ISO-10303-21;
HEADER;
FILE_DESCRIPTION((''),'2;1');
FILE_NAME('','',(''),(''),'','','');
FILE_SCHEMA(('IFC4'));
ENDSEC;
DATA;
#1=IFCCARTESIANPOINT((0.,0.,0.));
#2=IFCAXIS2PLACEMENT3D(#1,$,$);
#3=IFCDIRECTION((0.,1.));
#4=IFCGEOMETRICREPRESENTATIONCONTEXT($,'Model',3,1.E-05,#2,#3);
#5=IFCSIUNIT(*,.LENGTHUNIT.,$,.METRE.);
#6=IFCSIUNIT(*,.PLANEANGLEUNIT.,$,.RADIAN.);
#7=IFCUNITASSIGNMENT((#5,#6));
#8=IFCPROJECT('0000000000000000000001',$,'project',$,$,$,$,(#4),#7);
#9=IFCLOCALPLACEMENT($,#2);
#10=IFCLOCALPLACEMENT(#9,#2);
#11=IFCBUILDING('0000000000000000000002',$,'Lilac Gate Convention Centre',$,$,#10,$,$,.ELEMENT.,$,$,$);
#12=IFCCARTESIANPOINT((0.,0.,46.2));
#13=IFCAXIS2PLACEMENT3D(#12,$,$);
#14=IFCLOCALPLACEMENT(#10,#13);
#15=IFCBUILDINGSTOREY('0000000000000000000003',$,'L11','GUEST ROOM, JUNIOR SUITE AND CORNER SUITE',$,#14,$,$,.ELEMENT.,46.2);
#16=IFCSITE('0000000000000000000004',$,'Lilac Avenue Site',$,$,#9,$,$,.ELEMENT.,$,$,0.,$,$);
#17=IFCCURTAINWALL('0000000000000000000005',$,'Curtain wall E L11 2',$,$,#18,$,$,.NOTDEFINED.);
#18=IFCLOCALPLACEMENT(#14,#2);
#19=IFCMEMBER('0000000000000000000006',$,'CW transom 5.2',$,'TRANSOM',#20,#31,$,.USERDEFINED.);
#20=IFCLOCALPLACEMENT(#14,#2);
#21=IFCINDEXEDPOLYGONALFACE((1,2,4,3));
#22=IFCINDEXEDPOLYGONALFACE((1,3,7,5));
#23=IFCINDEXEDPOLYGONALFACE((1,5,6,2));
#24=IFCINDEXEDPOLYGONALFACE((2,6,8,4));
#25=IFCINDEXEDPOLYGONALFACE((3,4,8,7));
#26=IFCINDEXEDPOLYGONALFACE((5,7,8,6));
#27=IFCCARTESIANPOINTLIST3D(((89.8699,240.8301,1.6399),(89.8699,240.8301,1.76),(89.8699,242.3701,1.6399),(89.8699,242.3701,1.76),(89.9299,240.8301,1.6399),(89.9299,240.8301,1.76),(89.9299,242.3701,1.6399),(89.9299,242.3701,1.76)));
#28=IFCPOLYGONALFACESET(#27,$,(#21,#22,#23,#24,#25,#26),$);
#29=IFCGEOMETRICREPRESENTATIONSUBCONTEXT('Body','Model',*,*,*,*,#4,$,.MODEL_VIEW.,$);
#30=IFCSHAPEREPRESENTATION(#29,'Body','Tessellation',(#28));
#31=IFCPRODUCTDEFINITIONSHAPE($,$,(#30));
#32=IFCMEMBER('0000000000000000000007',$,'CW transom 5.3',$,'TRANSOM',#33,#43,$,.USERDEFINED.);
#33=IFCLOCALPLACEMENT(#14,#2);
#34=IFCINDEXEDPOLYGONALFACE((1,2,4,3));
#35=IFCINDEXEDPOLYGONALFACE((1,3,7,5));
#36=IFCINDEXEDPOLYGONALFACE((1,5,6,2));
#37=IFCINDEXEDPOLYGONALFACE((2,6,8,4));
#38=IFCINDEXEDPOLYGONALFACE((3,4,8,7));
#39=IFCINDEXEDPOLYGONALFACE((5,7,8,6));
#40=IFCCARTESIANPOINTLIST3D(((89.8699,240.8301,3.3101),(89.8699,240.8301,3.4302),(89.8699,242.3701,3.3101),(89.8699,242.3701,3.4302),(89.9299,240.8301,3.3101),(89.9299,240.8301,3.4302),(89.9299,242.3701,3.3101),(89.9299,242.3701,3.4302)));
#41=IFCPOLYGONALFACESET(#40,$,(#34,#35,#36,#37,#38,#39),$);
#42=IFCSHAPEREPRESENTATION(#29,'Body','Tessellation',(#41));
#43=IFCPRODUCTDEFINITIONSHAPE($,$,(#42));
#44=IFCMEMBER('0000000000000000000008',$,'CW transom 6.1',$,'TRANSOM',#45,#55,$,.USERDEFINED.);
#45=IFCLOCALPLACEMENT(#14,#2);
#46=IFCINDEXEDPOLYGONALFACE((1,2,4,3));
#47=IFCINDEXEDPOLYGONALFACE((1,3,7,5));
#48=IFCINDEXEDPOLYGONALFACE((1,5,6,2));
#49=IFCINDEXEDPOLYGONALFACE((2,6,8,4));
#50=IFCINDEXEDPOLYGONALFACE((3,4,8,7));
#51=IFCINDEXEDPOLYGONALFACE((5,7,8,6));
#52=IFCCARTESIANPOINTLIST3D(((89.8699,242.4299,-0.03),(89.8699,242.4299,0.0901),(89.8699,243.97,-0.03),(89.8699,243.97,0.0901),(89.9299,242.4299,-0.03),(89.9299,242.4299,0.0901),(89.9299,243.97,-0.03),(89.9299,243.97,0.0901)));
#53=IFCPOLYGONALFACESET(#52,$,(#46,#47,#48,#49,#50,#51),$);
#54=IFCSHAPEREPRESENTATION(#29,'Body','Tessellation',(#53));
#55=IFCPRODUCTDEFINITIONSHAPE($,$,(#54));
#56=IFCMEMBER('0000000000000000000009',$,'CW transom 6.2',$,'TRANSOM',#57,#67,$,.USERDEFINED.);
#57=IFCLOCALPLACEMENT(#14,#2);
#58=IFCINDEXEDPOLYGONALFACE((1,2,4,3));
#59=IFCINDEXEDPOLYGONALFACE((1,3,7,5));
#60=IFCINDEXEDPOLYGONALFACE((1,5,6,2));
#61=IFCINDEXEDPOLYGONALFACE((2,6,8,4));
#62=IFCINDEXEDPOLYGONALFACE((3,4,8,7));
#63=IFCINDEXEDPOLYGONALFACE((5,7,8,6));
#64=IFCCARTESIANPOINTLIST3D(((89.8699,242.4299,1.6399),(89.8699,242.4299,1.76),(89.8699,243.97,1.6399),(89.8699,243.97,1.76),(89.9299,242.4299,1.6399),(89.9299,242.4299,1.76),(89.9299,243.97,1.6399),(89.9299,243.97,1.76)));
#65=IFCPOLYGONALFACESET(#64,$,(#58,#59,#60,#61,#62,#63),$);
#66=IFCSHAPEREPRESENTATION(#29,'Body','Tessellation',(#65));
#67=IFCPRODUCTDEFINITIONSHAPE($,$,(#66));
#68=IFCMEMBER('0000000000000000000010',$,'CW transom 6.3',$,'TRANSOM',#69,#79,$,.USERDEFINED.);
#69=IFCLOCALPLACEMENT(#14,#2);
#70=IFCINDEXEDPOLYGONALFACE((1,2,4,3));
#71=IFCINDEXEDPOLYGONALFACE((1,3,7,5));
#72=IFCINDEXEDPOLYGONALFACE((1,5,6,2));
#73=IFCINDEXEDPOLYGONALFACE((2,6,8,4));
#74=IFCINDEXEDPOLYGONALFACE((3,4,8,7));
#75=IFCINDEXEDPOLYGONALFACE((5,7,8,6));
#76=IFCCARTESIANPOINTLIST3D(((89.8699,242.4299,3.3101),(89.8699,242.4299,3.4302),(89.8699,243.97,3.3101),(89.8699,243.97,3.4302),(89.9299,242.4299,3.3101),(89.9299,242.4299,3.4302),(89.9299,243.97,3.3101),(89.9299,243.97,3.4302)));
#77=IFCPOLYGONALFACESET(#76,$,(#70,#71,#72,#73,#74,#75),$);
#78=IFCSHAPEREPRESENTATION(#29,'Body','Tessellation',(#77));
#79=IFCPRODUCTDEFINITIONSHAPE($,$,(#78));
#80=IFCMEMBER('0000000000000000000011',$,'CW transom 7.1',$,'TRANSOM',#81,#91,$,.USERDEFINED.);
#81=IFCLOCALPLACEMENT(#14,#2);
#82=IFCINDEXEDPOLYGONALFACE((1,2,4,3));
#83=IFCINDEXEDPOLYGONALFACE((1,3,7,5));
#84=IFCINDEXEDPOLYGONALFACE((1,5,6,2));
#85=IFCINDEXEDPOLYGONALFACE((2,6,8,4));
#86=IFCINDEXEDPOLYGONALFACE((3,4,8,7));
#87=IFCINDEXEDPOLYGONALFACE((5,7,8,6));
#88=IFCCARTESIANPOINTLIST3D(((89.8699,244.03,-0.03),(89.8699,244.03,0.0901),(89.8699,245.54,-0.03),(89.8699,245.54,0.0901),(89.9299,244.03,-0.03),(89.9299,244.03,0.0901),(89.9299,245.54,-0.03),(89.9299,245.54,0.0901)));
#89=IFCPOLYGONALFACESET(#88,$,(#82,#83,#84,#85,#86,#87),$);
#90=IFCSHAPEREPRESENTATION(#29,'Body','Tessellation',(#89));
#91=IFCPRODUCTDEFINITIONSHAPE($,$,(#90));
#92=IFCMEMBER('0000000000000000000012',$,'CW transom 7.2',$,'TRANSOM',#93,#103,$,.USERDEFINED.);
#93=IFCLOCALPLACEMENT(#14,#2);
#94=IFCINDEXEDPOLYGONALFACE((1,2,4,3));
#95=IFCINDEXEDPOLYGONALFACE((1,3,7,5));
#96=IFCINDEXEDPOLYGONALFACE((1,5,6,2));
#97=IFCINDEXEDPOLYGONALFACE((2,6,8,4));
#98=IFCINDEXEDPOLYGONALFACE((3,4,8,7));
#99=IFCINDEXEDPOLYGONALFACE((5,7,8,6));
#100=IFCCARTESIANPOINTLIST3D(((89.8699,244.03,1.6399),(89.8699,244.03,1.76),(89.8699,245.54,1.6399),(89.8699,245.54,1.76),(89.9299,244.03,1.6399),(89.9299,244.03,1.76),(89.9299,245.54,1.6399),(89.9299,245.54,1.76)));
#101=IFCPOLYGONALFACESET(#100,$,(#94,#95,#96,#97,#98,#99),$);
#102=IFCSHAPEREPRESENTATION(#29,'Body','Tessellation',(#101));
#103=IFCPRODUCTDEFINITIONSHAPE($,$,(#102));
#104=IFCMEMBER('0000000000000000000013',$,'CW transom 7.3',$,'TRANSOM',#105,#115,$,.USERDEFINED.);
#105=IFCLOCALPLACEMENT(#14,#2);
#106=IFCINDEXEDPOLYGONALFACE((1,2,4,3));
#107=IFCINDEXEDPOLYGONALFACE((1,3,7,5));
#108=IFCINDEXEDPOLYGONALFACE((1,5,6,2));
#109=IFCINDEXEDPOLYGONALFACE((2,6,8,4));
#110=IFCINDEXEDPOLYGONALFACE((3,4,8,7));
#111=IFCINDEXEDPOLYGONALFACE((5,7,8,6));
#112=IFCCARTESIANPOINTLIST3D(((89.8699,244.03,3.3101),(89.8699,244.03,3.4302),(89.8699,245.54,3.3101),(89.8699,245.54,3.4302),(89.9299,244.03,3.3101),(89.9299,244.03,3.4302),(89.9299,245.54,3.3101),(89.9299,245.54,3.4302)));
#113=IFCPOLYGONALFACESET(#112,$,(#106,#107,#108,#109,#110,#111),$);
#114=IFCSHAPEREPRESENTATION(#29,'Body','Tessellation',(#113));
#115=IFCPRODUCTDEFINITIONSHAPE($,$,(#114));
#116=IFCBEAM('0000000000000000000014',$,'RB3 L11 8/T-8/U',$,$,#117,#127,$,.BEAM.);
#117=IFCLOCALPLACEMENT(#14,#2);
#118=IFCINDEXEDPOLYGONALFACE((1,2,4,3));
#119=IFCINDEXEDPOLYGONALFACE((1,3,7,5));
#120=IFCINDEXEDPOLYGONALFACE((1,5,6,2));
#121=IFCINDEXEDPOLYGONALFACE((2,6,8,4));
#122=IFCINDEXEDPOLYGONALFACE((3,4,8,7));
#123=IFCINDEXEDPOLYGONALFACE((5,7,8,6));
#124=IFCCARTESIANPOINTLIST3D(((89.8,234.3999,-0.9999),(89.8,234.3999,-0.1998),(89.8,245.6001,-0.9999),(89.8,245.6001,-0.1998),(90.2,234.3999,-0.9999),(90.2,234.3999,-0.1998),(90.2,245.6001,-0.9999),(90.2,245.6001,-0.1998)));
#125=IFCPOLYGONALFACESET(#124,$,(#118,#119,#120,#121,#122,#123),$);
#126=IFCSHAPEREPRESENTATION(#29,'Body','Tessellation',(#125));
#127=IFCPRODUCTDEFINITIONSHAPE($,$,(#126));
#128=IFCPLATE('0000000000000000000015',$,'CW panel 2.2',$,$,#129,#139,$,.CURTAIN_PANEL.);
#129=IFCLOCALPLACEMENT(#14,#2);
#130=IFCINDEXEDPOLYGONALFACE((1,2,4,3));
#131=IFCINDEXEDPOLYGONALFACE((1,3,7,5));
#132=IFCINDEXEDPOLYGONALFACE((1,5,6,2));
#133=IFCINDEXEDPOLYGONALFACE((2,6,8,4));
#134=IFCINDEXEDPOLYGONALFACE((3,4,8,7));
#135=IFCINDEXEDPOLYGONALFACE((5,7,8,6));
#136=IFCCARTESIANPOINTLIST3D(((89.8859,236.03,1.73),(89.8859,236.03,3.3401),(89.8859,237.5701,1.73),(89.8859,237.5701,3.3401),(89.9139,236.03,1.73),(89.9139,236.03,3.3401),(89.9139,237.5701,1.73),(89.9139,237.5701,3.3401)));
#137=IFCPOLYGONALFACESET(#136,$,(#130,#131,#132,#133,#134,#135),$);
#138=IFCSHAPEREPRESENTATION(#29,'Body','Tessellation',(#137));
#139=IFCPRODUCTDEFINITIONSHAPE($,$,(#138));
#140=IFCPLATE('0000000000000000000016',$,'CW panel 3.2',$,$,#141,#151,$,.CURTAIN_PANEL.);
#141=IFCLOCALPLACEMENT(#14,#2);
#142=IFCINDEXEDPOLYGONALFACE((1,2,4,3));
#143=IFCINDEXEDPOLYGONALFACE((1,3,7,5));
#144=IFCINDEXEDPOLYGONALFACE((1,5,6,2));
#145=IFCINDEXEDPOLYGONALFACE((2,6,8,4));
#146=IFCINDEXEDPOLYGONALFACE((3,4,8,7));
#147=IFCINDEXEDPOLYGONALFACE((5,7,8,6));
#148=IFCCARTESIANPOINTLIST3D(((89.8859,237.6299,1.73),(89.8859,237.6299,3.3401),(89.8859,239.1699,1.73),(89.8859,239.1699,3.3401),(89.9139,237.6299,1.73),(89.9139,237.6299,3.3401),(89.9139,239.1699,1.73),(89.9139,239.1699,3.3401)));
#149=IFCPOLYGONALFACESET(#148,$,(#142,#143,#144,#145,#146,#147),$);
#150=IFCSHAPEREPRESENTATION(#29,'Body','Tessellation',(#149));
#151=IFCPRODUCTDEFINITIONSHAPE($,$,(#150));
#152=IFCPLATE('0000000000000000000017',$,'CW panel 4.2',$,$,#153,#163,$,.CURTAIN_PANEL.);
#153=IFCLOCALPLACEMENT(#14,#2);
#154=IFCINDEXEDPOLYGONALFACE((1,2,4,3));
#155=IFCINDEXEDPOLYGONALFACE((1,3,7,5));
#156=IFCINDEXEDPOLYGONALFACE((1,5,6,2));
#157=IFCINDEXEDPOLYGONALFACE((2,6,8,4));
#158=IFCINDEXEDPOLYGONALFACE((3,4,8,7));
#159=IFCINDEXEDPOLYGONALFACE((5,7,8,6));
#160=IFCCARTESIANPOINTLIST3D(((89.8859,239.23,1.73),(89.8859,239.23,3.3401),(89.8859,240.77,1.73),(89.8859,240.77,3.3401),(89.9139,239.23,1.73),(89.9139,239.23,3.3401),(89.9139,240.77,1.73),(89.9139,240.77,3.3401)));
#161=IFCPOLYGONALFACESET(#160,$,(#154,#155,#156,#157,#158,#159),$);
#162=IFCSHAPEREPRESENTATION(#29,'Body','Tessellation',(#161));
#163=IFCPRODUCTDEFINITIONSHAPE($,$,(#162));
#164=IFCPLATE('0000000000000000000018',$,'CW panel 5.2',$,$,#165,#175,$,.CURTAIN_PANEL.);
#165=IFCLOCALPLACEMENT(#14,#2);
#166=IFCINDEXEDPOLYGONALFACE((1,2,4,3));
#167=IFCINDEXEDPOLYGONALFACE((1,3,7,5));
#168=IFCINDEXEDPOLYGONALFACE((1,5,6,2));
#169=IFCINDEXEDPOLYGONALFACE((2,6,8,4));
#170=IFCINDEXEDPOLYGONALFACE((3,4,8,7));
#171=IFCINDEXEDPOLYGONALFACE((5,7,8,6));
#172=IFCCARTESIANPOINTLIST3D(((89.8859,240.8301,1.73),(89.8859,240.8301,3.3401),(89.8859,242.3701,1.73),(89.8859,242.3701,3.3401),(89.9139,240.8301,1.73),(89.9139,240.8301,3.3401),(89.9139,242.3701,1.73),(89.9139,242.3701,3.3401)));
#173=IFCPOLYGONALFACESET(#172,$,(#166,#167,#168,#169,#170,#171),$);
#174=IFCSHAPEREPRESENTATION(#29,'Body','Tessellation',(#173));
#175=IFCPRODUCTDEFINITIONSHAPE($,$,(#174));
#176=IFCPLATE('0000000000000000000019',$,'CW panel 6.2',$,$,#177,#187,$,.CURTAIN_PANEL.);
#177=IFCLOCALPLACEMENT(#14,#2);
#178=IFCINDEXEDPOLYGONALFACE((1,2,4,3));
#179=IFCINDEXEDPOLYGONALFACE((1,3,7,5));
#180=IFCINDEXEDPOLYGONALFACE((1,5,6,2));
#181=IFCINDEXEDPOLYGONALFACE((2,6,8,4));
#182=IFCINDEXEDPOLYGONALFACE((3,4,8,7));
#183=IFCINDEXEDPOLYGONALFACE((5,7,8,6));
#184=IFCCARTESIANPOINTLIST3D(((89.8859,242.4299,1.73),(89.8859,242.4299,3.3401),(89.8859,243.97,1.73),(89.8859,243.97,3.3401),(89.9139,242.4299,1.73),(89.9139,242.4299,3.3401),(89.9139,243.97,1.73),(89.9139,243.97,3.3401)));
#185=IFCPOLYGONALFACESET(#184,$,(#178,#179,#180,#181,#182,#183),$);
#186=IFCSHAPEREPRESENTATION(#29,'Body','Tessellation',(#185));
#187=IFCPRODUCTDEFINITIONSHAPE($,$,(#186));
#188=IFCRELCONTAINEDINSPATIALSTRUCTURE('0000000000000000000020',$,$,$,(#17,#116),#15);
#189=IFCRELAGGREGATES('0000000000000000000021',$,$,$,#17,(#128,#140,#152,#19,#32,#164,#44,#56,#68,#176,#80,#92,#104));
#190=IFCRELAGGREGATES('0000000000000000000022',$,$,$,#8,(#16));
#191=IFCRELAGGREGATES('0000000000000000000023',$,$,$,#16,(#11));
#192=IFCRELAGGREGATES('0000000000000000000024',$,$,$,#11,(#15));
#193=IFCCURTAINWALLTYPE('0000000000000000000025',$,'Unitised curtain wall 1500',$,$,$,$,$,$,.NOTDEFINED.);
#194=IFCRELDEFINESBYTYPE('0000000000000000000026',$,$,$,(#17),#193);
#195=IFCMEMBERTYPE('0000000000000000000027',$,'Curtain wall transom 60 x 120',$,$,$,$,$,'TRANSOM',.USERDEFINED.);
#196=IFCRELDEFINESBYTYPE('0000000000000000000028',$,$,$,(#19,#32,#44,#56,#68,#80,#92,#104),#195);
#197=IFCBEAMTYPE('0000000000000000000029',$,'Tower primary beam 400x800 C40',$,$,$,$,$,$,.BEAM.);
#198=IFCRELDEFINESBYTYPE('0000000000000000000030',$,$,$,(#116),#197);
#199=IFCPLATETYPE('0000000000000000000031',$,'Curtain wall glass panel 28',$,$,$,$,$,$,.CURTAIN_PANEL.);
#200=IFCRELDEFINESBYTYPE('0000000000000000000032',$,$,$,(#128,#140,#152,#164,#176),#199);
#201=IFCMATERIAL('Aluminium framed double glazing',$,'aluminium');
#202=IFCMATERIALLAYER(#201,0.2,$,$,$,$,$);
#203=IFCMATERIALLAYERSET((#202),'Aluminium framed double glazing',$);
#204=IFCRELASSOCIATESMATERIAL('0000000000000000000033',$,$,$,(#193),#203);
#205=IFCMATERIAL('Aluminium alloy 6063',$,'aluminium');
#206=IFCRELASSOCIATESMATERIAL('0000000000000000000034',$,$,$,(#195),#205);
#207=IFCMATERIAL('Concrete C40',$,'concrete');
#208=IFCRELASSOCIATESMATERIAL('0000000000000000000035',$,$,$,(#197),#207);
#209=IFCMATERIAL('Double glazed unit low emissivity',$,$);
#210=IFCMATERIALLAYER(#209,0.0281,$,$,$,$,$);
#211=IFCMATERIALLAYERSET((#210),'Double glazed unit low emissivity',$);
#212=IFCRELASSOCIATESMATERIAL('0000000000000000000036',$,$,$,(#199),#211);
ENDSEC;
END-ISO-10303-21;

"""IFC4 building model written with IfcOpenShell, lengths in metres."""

from ifc_helpers import new_model, si_unit, direction, frame, origin, origin_2d, place, context, subcontext, project, spatial, rectangle, extrude, material, layer, layer_set, material_profile, profile_set, type_object, element, aggregate, save


model = new_model("IFC4")

# Units and contexts
model_context = context("Model", 3, precision=1e-05, world=origin(), true_north=direction((0.0, 1.0)))
body_context = subcontext(model_context, "Body", "Model", "MODEL_VIEW")
ifc_project = project(units=[si_unit("LENGTHUNIT", "METRE"), si_unit("PLANEANGLEUNIT", "RADIAN")], contexts=[model_context])

# Site, building, storey
site_placement = place(None, origin())
site = spatial("IfcSite", under=ifc_project, at=site_placement, Name="Lilac Avenue Site", CompositionType="ELEMENT", RefElevation=0.0)
building_placement = place(site_placement, origin())
building = spatial("IfcBuilding", under=site, at=building_placement, Name="Lilac Gate Convention Centre", CompositionType="ELEMENT")
storey_placement = place(building_placement, frame((0.0, 0.0, 46.2)))
storey = spatial("IfcBuildingStorey", under=building, at=storey_placement, Name="L11", Description="GUEST ROOM, JUNIOR SUITE AND CORNER SUITE", CompositionType="ELEMENT", Elevation=46.2)

# Shared definitions
ifc_material_1 = material(Name="Concrete C40", Category="concrete")

# Curtain wall, members
ifc_material_2 = material(Name="Aluminium framed double glazing", Category="aluminium")
ifc_layer_1 = layer(ifc_material_2, 0.2)
ifc_layer_set_1 = layer_set([ifc_layer_1], Name="Aluminium framed double glazing")
curtain_wall_type = type_object("IfcCurtainWallType", Name="Unitised curtain wall 1500", PredefinedType="NOTDEFINED", material=ifc_layer_set_1)
curtain_wall_placement = place(storey_placement, origin())
curtain_wall = element("IfcCurtainWall", 1, at=curtain_wall_placement, inside=storey, type_object=curtain_wall_type, Name="Curtain wall E L11 2", PredefinedType="NOTDEFINED")
ifc_material_3 = material(Name="Aluminium alloy 6063", Category="aluminium")
ifc_material_profile_1 = material_profile(ifc_material_3, rectangle(XDim=0.0601, YDim=0.1201, at=origin_2d()), Name="Curtain wall transom 60 x 120")
ifc_profile_set_1 = profile_set([ifc_material_profile_1], Name="Aluminium alloy 6063")
member_type_1 = type_object("IfcMemberType", Name="Curtain wall transom 60 x 120", ElementType="TRANSOM", PredefinedType="USERDEFINED", material=ifc_profile_set_1)
member_1_placement = place(storey_placement, frame((89.8999, 240.8301, 1.7), z_axis=(0.0, 1.0, 0.0), x_axis=(-1.0, 0.0, 0.0)))
member_1 = element("IfcMember", 2, at=member_1_placement, type_object=member_type_1, Name="CW transom 5.2", ObjectType="TRANSOM", PredefinedType="USERDEFINED", context=body_context, shape_type="SweptSolid", body=[
    extrude(rectangle(XDim=0.0601, YDim=0.1201, at=origin_2d()), origin(), (0.0, 0.0, 1.0), 1.54),
])
member_2_placement = place(storey_placement, frame((89.8999, 240.8301, 3.3701), z_axis=(0.0, 1.0, 0.0), x_axis=(-1.0, 0.0, 0.0)))
member_2 = element("IfcMember", 3, at=member_2_placement, type_object=member_type_1, Name="CW transom 5.3", ObjectType="TRANSOM", PredefinedType="USERDEFINED", context=body_context, shape_type="SweptSolid", body=[
    extrude(rectangle(XDim=0.0601, YDim=0.1201, at=origin_2d()), origin(), (0.0, 0.0, 1.0), 1.54),
])
member_3_placement = place(storey_placement, frame((89.8999, 242.4299, 0.03), z_axis=(0.0, 1.0, 0.0), x_axis=(-1.0, 0.0, 0.0)))
member_3 = element("IfcMember", 4, at=member_3_placement, type_object=member_type_1, Name="CW transom 6.1", ObjectType="TRANSOM", PredefinedType="USERDEFINED", context=body_context, shape_type="SweptSolid", body=[
    extrude(rectangle(XDim=0.0601, YDim=0.1201, at=origin_2d()), origin(), (0.0, 0.0, 1.0), 1.54),
])
member_4_placement = place(storey_placement, frame((89.8999, 242.4299, 1.7), z_axis=(0.0, 1.0, 0.0), x_axis=(-1.0, 0.0, 0.0)))
member_4 = element("IfcMember", 5, at=member_4_placement, type_object=member_type_1, Name="CW transom 6.2", ObjectType="TRANSOM", PredefinedType="USERDEFINED", context=body_context, shape_type="SweptSolid", body=[
    extrude(rectangle(XDim=0.0601, YDim=0.1201, at=origin_2d()), origin(), (0.0, 0.0, 1.0), 1.54),
])
member_5_placement = place(storey_placement, frame((89.8999, 242.4299, 3.3701), z_axis=(0.0, 1.0, 0.0), x_axis=(-1.0, 0.0, 0.0)))
member_5 = element("IfcMember", 6, at=member_5_placement, type_object=member_type_1, Name="CW transom 6.3", ObjectType="TRANSOM", PredefinedType="USERDEFINED", context=body_context, shape_type="SweptSolid", body=[
    extrude(rectangle(XDim=0.0601, YDim=0.1201, at=origin_2d()), origin(), (0.0, 0.0, 1.0), 1.54),
])
member_6_placement = place(storey_placement, frame((89.8999, 244.03, 0.03), z_axis=(0.0, 1.0, 0.0), x_axis=(-1.0, 0.0, 0.0)))
member_6 = element("IfcMember", 7, at=member_6_placement, type_object=member_type_1, Name="CW transom 7.1", ObjectType="TRANSOM", PredefinedType="USERDEFINED", context=body_context, shape_type="SweptSolid", body=[
    extrude(rectangle(XDim=0.0601, YDim=0.1201, at=origin_2d()), origin(), (0.0, 0.0, 1.0), 1.51),
])
member_7_placement = place(storey_placement, frame((89.8999, 244.03, 1.7), z_axis=(0.0, 1.0, 0.0), x_axis=(-1.0, 0.0, 0.0)))
member_7 = element("IfcMember", 8, at=member_7_placement, type_object=member_type_1, Name="CW transom 7.2", ObjectType="TRANSOM", PredefinedType="USERDEFINED", context=body_context, shape_type="SweptSolid", body=[
    extrude(rectangle(XDim=0.0601, YDim=0.1201, at=origin_2d()), origin(), (0.0, 0.0, 1.0), 1.51),
])
member_8_placement = place(storey_placement, frame((89.8999, 244.03, 3.3701), z_axis=(0.0, 1.0, 0.0), x_axis=(-1.0, 0.0, 0.0)))
member_8 = element("IfcMember", 9, at=member_8_placement, type_object=member_type_1, Name="CW transom 7.3", ObjectType="TRANSOM", PredefinedType="USERDEFINED", context=body_context, shape_type="SweptSolid", body=[
    extrude(rectangle(XDim=0.0601, YDim=0.1201, at=origin_2d()), origin(), (0.0, 0.0, 1.0), 1.51),
])

# Beam
ifc_material_profile_2 = material_profile(ifc_material_1, rectangle(XDim=0.3999, YDim=0.8, at=origin_2d()), Name="RC 400x800")
ifc_profile_set_2 = profile_set([ifc_material_profile_2], Name="Concrete C40")
beam_type = type_object("IfcBeamType", Name="Tower primary beam 400x800 C40", PredefinedType="BEAM", material=ifc_profile_set_2)
beam_placement = place(storey_placement, frame((90.0, 234.3999, -0.5999), z_axis=(0.0, 1.0, 0.0), x_axis=(-1.0, 0.0, 0.0)))
element("IfcBeam", 10, at=beam_placement, inside=storey, type_object=beam_type, Name="RB3 L11 8/T-8/U", PredefinedType="BEAM", context=body_context, shape_type="SweptSolid", body=[
    extrude(rectangle(XDim=0.3999, YDim=0.8, at=origin_2d()), origin(), (0.0, 0.0, 1.0), 11.2002),
])

# Plates
ifc_material_4 = material(Name="Double glazed unit low emissivity")
ifc_layer_2 = layer(ifc_material_4, 0.0281)
ifc_layer_set_2 = layer_set([ifc_layer_2], Name="Double glazed unit low emissivity")
plate_type_1 = type_object("IfcPlateType", Name="Curtain wall glass panel 28", PredefinedType="CURTAIN_PANEL", material=ifc_layer_set_2)
plate_1_placement = place(storey_placement, frame((89.8999, 236.8, 1.73), z_axis=(0.0, 0.0, 1.0), x_axis=(0.0, 1.0, 0.0)))
plate_1 = element("IfcPlate", 11, at=plate_1_placement, type_object=plate_type_1, Name="CW panel 2.2", PredefinedType="CURTAIN_PANEL", context=body_context, shape_type="SweptSolid", body=[
    extrude(rectangle(XDim=1.54, YDim=0.0281, at=origin_2d()), origin(), (0.0, 0.0, 1.0), 1.6101),
])
plate_2_placement = place(storey_placement, frame((89.8999, 238.3999, 1.73), z_axis=(0.0, 0.0, 1.0), x_axis=(0.0, 1.0, 0.0)))
plate_2 = element("IfcPlate", 12, at=plate_2_placement, type_object=plate_type_1, Name="CW panel 3.2", PredefinedType="CURTAIN_PANEL", context=body_context, shape_type="SweptSolid", body=[
    extrude(rectangle(XDim=1.54, YDim=0.0281, at=origin_2d()), origin(), (0.0, 0.0, 1.0), 1.6101),
])
plate_3_placement = place(storey_placement, frame((89.8999, 240.0, 1.73), z_axis=(0.0, 0.0, 1.0), x_axis=(0.0, 1.0, 0.0)))
plate_3 = element("IfcPlate", 13, at=plate_3_placement, type_object=plate_type_1, Name="CW panel 4.2", PredefinedType="CURTAIN_PANEL", context=body_context, shape_type="SweptSolid", body=[
    extrude(rectangle(XDim=1.54, YDim=0.0281, at=origin_2d()), origin(), (0.0, 0.0, 1.0), 1.6101),
])
plate_4_placement = place(storey_placement, frame((89.8999, 241.6001, 1.73), z_axis=(0.0, 0.0, 1.0), x_axis=(0.0, 1.0, 0.0)))
plate_4 = element("IfcPlate", 14, at=plate_4_placement, type_object=plate_type_1, Name="CW panel 5.2", PredefinedType="CURTAIN_PANEL", context=body_context, shape_type="SweptSolid", body=[
    extrude(rectangle(XDim=1.54, YDim=0.0281, at=origin_2d()), origin(), (0.0, 0.0, 1.0), 1.6101),
])
plate_5_placement = place(storey_placement, frame((89.8999, 243.2, 1.73), z_axis=(0.0, 0.0, 1.0), x_axis=(0.0, 1.0, 0.0)))
plate_5 = element("IfcPlate", 15, at=plate_5_placement, type_object=plate_type_1, Name="CW panel 6.2", PredefinedType="CURTAIN_PANEL", context=body_context, shape_type="SweptSolid", body=[
    extrude(rectangle(XDim=1.54, YDim=0.0281, at=origin_2d()), origin(), (0.0, 0.0, 1.0), 1.6101),
])
aggregate(curtain_wall, [plate_1, plate_2, plate_3, member_1, member_2, plate_4, member_3, member_4, member_5, plate_5, member_6, member_7, member_8])

save(model, "model.ifc")
